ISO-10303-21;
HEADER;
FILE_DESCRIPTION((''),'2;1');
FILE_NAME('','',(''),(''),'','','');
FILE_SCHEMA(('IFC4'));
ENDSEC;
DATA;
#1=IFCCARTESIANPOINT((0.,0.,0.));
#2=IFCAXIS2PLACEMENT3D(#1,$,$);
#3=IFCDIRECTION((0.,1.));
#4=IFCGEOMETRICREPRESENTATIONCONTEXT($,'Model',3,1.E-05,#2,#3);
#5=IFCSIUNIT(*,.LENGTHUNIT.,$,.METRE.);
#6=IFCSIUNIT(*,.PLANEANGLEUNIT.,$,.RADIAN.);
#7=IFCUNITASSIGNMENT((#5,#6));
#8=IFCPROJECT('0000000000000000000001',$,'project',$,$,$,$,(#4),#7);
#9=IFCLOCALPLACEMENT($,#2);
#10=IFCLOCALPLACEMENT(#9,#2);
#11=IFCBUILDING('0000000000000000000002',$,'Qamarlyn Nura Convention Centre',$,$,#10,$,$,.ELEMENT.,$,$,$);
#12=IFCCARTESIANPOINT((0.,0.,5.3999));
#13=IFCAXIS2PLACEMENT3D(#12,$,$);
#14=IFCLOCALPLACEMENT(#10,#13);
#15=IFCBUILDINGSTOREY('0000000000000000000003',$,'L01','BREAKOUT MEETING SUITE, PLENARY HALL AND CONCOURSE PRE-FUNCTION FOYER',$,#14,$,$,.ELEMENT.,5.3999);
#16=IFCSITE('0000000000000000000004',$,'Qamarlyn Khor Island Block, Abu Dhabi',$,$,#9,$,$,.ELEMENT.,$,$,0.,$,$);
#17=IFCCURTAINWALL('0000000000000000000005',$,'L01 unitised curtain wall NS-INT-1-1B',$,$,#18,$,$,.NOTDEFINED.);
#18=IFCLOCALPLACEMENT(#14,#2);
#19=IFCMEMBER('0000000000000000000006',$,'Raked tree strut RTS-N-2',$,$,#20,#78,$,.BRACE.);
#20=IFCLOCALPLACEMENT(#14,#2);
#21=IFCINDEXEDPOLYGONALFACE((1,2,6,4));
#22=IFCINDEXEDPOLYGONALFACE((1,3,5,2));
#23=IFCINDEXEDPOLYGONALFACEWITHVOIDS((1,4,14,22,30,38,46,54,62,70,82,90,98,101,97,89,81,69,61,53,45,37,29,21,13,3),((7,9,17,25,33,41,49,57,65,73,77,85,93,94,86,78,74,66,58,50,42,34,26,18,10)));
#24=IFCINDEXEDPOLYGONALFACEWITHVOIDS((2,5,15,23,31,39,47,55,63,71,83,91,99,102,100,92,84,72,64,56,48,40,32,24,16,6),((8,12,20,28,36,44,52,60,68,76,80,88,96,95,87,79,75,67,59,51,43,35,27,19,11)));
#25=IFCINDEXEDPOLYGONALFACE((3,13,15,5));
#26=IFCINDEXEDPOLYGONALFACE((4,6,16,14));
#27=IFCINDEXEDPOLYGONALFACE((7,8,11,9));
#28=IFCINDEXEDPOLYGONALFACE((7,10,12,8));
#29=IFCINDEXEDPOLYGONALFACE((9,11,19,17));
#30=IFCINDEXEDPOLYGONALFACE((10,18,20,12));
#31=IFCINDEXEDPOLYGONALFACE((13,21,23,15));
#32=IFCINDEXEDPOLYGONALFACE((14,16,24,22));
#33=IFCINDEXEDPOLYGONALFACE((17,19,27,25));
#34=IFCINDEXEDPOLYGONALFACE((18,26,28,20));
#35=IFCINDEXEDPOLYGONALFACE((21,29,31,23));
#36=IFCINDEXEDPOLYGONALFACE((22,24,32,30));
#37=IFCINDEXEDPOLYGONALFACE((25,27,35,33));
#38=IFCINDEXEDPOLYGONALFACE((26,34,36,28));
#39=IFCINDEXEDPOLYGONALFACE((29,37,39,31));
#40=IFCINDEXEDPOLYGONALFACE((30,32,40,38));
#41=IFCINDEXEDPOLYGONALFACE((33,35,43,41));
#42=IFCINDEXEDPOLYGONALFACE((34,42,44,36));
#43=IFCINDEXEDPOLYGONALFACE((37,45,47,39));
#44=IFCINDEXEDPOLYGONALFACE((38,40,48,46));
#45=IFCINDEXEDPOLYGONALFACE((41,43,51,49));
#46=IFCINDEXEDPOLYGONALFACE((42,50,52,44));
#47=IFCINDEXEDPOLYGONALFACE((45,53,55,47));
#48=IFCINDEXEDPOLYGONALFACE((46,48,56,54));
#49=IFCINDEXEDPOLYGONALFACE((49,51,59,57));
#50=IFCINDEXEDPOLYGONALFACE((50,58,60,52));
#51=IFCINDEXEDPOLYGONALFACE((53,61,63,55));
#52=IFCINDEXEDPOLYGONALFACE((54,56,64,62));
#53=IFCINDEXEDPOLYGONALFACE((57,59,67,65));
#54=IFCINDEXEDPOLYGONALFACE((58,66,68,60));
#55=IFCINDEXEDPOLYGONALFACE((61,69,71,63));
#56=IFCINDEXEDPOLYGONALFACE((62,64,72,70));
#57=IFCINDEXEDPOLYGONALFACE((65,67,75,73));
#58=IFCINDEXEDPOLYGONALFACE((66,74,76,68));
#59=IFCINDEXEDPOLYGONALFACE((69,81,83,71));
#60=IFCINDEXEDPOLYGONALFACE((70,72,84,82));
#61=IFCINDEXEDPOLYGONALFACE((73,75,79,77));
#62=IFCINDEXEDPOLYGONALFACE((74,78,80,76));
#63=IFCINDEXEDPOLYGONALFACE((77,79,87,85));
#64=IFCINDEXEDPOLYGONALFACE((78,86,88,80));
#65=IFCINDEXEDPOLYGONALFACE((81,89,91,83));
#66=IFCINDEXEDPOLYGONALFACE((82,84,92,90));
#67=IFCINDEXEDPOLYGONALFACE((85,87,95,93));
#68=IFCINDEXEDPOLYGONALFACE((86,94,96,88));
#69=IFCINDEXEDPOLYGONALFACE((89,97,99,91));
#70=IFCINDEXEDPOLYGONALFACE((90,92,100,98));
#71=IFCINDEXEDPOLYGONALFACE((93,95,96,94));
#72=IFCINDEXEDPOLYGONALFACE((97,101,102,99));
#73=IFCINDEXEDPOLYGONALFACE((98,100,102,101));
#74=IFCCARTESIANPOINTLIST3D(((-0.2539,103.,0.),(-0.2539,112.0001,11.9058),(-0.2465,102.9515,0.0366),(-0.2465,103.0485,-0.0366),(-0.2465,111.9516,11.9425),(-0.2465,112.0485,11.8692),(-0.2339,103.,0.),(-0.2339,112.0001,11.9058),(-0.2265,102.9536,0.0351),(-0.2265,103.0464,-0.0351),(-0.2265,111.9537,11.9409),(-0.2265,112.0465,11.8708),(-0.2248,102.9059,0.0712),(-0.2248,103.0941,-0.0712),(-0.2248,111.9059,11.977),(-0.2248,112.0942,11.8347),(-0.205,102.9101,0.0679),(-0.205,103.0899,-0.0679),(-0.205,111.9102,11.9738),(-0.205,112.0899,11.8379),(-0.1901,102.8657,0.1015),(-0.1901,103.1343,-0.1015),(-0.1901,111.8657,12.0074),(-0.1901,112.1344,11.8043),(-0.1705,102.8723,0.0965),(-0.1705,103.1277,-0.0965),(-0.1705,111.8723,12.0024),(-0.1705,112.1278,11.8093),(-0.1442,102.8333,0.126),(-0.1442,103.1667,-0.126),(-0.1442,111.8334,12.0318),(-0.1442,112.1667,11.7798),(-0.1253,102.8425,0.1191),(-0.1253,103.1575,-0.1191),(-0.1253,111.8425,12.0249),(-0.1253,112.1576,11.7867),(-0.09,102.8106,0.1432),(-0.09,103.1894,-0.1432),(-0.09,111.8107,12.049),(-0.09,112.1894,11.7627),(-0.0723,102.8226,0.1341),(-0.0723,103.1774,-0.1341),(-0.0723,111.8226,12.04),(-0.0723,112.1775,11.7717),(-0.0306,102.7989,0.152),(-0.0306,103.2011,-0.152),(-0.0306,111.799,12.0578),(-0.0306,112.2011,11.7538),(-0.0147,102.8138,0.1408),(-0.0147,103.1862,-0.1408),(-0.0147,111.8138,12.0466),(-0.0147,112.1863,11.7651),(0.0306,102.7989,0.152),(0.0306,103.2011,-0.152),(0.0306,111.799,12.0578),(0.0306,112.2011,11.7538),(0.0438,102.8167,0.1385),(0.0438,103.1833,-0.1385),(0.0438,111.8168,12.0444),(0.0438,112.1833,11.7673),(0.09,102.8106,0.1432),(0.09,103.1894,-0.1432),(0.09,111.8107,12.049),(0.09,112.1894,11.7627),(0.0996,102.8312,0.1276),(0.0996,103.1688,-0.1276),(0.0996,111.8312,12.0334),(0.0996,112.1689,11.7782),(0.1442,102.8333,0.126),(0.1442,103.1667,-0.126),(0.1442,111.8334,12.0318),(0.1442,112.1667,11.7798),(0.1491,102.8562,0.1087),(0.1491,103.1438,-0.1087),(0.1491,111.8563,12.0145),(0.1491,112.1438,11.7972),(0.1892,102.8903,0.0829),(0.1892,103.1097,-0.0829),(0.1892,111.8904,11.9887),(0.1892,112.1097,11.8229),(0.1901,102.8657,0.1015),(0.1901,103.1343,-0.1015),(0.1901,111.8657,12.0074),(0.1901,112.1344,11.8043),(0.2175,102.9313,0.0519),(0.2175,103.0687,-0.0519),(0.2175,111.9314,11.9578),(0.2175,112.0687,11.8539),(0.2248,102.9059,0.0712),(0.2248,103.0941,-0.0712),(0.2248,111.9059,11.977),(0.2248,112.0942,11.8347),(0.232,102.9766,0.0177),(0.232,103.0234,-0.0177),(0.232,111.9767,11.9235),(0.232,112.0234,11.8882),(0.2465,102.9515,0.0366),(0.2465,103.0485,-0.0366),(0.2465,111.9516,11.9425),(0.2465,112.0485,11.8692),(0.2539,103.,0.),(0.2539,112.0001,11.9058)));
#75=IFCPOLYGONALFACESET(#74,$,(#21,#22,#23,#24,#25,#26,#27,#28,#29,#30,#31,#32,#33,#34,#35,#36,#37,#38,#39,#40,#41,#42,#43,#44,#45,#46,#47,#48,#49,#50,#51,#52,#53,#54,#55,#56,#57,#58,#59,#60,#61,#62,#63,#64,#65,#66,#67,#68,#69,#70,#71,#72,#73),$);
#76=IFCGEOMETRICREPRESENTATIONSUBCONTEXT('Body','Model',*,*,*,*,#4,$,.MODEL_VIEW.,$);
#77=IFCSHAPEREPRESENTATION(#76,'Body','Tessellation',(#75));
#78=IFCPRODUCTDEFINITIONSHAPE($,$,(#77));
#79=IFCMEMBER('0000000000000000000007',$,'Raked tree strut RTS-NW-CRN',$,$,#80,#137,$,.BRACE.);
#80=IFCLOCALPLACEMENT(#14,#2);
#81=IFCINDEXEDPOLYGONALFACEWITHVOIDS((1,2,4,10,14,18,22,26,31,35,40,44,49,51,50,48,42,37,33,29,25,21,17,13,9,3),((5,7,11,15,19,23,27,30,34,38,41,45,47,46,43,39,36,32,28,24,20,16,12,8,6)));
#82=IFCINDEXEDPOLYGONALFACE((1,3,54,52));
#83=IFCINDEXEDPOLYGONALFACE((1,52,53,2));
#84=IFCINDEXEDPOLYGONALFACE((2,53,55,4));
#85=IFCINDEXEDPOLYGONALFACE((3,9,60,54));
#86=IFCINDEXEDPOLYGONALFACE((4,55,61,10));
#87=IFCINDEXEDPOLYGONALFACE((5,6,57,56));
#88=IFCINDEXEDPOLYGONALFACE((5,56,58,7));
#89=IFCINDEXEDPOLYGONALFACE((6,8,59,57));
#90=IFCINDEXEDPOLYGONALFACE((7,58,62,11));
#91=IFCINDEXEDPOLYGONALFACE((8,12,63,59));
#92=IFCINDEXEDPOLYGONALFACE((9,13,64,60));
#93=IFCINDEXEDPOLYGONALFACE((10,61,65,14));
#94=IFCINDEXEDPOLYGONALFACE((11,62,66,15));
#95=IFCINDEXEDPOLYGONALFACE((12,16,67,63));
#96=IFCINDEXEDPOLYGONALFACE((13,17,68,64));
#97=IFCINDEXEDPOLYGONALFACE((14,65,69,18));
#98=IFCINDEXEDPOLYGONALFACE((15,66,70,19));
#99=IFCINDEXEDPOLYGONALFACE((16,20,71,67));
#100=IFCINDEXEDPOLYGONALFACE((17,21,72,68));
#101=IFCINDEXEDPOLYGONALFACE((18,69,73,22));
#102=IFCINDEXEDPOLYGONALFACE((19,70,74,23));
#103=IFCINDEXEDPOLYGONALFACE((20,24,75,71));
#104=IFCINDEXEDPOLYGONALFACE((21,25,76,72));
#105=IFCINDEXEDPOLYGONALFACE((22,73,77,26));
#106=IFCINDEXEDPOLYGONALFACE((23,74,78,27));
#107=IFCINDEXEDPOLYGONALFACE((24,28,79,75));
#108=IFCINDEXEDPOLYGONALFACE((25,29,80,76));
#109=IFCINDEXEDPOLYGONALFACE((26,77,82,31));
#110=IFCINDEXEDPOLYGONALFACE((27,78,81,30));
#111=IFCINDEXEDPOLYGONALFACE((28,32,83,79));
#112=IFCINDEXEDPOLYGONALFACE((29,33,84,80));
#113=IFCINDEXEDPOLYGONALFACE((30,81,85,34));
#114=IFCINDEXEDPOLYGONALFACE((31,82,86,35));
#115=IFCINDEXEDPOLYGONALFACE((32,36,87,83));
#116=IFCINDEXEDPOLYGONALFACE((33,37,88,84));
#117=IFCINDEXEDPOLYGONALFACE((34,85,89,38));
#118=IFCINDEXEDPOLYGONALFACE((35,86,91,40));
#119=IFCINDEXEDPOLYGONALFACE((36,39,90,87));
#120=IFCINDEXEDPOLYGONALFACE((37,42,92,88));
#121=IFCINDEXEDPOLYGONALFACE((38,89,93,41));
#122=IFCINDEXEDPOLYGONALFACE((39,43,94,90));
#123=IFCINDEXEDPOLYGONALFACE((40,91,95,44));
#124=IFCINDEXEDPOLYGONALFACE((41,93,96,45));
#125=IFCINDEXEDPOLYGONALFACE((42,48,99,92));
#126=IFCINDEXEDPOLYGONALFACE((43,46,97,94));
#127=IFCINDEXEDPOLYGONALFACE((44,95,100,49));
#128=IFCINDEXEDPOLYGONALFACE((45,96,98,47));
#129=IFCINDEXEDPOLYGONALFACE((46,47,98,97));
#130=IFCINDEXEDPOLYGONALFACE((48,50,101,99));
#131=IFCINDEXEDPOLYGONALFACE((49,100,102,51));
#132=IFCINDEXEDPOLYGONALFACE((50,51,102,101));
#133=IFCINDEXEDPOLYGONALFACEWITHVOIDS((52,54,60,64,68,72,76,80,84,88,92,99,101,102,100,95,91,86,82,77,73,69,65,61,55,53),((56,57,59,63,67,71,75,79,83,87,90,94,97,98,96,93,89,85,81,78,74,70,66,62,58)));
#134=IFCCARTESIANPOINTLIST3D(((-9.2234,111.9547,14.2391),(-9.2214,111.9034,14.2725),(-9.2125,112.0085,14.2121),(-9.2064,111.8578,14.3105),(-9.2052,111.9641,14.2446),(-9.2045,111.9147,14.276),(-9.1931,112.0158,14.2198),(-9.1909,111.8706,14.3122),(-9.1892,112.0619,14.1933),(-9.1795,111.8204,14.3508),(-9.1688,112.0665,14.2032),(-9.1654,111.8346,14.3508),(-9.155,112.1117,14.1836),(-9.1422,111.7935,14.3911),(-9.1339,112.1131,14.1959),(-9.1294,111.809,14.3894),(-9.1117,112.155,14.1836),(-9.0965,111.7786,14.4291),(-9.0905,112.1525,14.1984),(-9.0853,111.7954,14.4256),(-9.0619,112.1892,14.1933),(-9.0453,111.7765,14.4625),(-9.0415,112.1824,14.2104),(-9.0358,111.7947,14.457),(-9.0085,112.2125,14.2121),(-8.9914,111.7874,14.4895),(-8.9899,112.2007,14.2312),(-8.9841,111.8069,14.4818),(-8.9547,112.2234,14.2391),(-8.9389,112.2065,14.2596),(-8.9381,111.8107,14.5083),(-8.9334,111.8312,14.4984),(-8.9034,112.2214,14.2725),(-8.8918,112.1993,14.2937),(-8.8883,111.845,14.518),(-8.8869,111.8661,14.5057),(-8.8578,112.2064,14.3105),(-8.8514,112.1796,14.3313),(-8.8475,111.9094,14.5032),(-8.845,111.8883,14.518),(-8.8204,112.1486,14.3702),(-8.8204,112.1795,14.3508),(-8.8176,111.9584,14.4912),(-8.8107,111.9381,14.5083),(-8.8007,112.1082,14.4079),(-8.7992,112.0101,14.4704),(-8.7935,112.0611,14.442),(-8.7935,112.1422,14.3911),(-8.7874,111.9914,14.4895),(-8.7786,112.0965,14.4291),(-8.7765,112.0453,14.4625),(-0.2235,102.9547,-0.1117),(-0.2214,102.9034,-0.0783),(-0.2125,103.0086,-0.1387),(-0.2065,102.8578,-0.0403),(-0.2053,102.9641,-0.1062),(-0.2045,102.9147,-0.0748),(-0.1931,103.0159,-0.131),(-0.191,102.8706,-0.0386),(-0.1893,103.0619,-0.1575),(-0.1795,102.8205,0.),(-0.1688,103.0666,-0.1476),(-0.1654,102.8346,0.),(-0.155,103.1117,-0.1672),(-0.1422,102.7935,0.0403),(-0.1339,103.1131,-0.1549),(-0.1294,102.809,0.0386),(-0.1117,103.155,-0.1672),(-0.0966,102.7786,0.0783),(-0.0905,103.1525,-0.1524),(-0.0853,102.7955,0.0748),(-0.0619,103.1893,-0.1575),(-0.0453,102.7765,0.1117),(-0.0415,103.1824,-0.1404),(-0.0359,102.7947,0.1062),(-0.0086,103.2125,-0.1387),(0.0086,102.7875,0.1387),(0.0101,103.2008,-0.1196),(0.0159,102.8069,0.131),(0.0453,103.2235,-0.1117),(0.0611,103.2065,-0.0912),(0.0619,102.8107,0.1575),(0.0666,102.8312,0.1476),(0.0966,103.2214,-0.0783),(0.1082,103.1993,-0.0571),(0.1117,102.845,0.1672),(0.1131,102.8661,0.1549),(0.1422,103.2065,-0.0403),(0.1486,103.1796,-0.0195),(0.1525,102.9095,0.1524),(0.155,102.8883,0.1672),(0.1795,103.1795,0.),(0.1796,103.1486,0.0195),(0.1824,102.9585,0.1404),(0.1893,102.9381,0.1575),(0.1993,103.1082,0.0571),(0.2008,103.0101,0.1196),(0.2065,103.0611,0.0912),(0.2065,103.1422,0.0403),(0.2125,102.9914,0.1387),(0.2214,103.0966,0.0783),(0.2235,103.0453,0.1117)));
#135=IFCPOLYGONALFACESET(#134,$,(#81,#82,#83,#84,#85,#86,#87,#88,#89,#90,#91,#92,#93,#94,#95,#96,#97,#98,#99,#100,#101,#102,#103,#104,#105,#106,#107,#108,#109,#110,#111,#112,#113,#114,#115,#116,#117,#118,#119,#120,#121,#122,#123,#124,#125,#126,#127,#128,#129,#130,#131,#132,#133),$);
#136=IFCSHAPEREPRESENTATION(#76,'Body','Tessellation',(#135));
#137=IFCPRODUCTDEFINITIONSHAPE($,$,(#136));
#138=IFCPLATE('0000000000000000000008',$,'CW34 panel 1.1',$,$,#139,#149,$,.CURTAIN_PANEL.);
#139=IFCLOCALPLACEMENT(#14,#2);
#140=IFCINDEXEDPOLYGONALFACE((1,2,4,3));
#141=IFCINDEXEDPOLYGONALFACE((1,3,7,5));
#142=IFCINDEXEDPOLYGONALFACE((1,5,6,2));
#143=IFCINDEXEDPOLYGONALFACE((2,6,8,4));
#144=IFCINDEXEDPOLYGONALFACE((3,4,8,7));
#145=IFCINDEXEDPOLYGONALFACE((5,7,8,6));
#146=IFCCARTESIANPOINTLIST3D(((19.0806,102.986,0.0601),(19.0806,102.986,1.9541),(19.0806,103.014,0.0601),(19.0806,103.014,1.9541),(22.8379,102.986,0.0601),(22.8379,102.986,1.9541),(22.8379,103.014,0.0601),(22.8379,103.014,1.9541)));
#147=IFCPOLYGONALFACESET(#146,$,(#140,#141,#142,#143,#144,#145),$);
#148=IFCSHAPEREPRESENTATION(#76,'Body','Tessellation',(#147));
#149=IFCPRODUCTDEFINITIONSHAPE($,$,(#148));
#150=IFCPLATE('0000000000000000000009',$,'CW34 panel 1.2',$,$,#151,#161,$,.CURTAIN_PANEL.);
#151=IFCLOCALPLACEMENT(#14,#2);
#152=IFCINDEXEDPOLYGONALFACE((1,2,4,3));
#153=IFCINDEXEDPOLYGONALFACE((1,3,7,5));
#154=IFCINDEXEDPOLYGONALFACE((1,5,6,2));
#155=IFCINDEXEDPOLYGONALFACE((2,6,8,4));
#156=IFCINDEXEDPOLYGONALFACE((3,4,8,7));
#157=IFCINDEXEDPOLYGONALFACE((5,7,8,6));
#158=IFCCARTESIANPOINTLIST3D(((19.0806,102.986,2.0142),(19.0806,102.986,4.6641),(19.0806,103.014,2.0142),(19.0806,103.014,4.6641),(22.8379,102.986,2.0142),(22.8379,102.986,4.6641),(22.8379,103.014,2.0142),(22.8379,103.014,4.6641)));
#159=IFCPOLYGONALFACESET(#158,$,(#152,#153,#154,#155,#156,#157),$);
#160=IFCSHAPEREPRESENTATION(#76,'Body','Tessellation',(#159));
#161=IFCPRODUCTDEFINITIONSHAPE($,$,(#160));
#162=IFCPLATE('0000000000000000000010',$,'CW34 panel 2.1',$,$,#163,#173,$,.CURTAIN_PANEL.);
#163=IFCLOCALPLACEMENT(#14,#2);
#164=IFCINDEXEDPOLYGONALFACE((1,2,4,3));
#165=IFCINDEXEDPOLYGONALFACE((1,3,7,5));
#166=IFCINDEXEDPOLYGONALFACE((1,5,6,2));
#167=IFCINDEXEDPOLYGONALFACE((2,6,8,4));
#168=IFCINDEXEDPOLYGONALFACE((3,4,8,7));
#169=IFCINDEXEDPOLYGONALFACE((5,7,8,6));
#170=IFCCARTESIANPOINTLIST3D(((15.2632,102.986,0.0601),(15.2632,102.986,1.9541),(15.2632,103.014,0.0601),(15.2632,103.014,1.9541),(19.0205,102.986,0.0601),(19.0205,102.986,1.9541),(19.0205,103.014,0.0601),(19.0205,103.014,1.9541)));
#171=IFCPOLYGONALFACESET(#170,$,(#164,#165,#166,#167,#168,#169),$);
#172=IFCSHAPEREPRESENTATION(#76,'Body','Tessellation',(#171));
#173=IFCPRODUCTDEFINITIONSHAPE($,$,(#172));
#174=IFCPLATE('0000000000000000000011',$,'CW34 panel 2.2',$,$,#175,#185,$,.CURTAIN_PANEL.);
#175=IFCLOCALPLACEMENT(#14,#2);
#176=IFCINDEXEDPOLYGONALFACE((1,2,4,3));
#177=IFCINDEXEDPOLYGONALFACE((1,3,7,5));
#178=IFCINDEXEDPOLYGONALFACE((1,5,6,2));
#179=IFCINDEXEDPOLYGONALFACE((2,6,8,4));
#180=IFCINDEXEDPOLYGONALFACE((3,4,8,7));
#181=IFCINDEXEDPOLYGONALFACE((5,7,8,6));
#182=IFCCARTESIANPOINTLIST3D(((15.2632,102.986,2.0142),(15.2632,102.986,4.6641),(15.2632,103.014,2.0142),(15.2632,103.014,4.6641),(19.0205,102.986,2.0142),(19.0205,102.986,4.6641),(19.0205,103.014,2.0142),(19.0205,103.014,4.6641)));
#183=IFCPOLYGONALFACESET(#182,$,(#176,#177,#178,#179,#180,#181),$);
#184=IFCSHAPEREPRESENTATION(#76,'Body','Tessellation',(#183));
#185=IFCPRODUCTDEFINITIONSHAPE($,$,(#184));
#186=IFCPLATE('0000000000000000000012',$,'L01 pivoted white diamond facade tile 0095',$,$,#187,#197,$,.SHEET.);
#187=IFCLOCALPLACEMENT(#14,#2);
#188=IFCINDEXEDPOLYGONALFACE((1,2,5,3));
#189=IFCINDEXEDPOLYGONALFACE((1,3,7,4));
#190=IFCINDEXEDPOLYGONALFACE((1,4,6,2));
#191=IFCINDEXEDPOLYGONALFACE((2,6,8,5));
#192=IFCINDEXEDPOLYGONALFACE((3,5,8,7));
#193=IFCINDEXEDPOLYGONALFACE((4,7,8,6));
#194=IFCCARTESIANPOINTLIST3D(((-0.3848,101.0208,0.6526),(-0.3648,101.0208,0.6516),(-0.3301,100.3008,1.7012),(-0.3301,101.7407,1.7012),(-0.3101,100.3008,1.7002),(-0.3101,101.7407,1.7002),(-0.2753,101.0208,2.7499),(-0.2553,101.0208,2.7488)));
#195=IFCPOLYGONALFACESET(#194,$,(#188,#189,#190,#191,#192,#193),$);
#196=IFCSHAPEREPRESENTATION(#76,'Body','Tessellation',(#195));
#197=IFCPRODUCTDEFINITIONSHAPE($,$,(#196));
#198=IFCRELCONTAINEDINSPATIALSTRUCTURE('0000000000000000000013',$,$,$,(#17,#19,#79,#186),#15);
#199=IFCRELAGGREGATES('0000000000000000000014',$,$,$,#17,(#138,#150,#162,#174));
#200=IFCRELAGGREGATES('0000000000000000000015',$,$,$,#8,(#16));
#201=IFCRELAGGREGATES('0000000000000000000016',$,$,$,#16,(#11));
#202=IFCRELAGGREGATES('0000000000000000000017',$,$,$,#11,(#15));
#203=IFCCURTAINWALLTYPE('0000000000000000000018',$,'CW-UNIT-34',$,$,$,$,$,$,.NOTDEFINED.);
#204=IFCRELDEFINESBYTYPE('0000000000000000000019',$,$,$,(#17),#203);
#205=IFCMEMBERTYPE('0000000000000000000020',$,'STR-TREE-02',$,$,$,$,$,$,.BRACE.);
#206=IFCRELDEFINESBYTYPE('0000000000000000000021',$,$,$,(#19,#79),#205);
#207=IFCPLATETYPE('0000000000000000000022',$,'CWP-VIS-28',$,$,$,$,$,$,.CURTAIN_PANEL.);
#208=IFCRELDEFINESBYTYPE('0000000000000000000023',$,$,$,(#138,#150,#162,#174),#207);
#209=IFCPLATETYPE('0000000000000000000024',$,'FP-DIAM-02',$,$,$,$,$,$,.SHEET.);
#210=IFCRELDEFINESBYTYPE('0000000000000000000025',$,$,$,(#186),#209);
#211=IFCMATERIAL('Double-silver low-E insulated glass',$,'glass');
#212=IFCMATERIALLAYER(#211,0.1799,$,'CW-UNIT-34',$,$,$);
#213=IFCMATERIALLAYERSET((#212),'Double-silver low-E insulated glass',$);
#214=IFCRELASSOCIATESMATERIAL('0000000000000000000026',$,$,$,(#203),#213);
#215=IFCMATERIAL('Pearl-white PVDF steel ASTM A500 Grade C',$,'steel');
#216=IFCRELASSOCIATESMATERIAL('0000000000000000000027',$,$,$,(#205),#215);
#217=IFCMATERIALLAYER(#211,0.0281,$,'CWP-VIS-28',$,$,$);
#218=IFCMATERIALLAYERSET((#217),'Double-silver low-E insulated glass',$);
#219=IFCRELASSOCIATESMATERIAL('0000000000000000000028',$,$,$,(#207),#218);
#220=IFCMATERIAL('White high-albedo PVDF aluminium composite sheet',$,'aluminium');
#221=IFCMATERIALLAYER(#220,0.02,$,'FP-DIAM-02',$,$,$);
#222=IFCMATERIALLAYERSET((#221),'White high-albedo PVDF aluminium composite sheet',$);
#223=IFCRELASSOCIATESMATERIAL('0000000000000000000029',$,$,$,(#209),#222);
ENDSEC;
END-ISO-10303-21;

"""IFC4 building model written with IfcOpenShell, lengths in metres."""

from ifc_helpers import new_model, si_unit, direction, frame, origin, origin_2d, place, context, subcontext, project, spatial, polyline, rectangle, hollow_circle, outline, extrude, material, layer, layer_set, material_profile, profile_set, type_object, element, aggregate, save


model = new_model("IFC4")

# Units and contexts
model_context = context("Model", 3, precision=1e-05, world=origin(), true_north=direction((0.0, 1.0)))
body_context = subcontext(model_context, "Body", "Model", "MODEL_VIEW")
ifc_project = project(units=[si_unit("LENGTHUNIT", "METRE"), si_unit("PLANEANGLEUNIT", "RADIAN")], contexts=[model_context])

# Site, building, storey
site_placement = place(None, origin())
site = spatial("IfcSite", under=ifc_project, at=site_placement, Name="Qamarlyn Khor Island Block, Abu Dhabi", CompositionType="ELEMENT", RefElevation=0.0)
building_placement = place(site_placement, origin())
building = spatial("IfcBuilding", under=site, at=building_placement, Name="Qamarlyn Nura Convention Centre", CompositionType="ELEMENT")
storey_placement = place(building_placement, frame((0.0, 0.0, 5.3999)))
storey = spatial("IfcBuildingStorey", under=building, at=storey_placement, Name="L01", Description="BREAKOUT MEETING SUITE, PLENARY HALL AND CONCOURSE PRE-FUNCTION FOYER", CompositionType="ELEMENT", Elevation=5.3999)

# Shared definitions
ifc_material_1 = material(Name="Pearl-white PVDF steel ASTM A500 Grade C", Category="steel")

# Curtain wall
ifc_material_2 = material(Name="Double-silver low-E insulated glass", Category="glass")
ifc_layer_1 = layer(ifc_material_2, 0.1799, Name="CW-UNIT-34")
ifc_layer_set_1 = layer_set([ifc_layer_1], Name="Double-silver low-E insulated glass")
curtain_wall_type = type_object("IfcCurtainWallType", Name="CW-UNIT-34", PredefinedType="NOTDEFINED", material=ifc_layer_set_1)
curtain_wall_placement = place(storey_placement, origin())
curtain_wall = element("IfcCurtainWall", 1, at=curtain_wall_placement, inside=storey, type_object=curtain_wall_type, Name="L01 unitised curtain wall NS-INT-1-1B", PredefinedType="NOTDEFINED")

# Members
ifc_material_profile_1 = material_profile(ifc_material_1, hollow_circle(Radius=0.2539, WallThickness=0.02, at=origin_2d()), Name="CHS508X20")
ifc_profile_set_1 = profile_set([ifc_material_profile_1], Name="Pearl-white PVDF steel ASTM A500 Grade C")
member_type_1 = type_object("IfcMemberType", Name="STR-TREE-02", PredefinedType="BRACE", material=ifc_profile_set_1)
member_1_placement = place(storey_placement, frame((0.0, 103.0, 0.0), z_axis=(0.0, 0.603027, 0.797721), x_axis=(-1.0, 0.0, 0.0)))
element("IfcMember", 2, at=member_1_placement, inside=storey, type_object=member_type_1, Name="Raked tree strut RTS-N-2", PredefinedType="BRACE", context=body_context, shape_type="SweptSolid", body=[
    extrude(hollow_circle(Radius=0.2539, WallThickness=0.02, at=origin_2d()), origin(), (0.0, 0.0, 1.0), 14.9248),
])
member_2_placement = place(storey_placement, frame((0.0, 103.0, 0.0), z_axis=(-0.469192, 0.469192, 0.748143), x_axis=(-0.707107, -0.707107, 0.0)))
element("IfcMember", 3, at=member_2_placement, inside=storey, type_object=member_type_1, Name="Raked tree strut RTS-NW-CRN", PredefinedType="BRACE", context=body_context, shape_type="SweptSolid", body=[
    extrude(hollow_circle(Radius=0.2539, WallThickness=0.02, at=origin_2d()), origin(), (0.0, 0.0, 1.0), 19.1819),
])

# Plates
ifc_layer_2 = layer(ifc_material_2, 0.0281, Name="CWP-VIS-28")
ifc_layer_set_2 = layer_set([ifc_layer_2], Name="Double-silver low-E insulated glass")
plate_type_1 = type_object("IfcPlateType", Name="CWP-VIS-28", PredefinedType="CURTAIN_PANEL", material=ifc_layer_set_2)
plate_1_placement = place(storey_placement, frame((20.9592, 103.0, 0.0601), z_axis=(0.0, 0.0, 1.0), x_axis=(-1.0, 0.0, 0.0)))
plate_1 = element("IfcPlate", 4, at=plate_1_placement, type_object=plate_type_1, Name="CW34 panel 1.1", PredefinedType="CURTAIN_PANEL", context=body_context, shape_type="SweptSolid", body=[
    extrude(rectangle(XDim=3.7573, YDim=0.0281, at=origin_2d()), origin(), (0.0, 0.0, 1.0), 1.894),
])
plate_2_placement = place(storey_placement, frame((20.9592, 103.0, 2.0142), z_axis=(0.0, 0.0, 1.0), x_axis=(-1.0, 0.0, 0.0)))
plate_2 = element("IfcPlate", 5, at=plate_2_placement, type_object=plate_type_1, Name="CW34 panel 1.2", PredefinedType="CURTAIN_PANEL", context=body_context, shape_type="SweptSolid", body=[
    extrude(rectangle(XDim=3.7573, YDim=0.0281, at=origin_2d()), origin(), (0.0, 0.0, 1.0), 2.6499),
])
plate_3_placement = place(storey_placement, frame((17.1418, 103.0, 0.0601), z_axis=(0.0, 0.0, 1.0), x_axis=(-1.0, 0.0, 0.0)))
plate_3 = element("IfcPlate", 6, at=plate_3_placement, type_object=plate_type_1, Name="CW34 panel 2.1", PredefinedType="CURTAIN_PANEL", context=body_context, shape_type="SweptSolid", body=[
    extrude(rectangle(XDim=3.7573, YDim=0.0281, at=origin_2d()), origin(), (0.0, 0.0, 1.0), 1.894),
])
plate_4_placement = place(storey_placement, frame((17.1418, 103.0, 2.0142), z_axis=(0.0, 0.0, 1.0), x_axis=(-1.0, 0.0, 0.0)))
plate_4 = element("IfcPlate", 7, at=plate_4_placement, type_object=plate_type_1, Name="CW34 panel 2.2", PredefinedType="CURTAIN_PANEL", context=body_context, shape_type="SweptSolid", body=[
    extrude(rectangle(XDim=3.7573, YDim=0.0281, at=origin_2d()), origin(), (0.0, 0.0, 1.0), 2.6499),
])
aggregate(curtain_wall, [plate_1, plate_2, plate_3, plate_4])

# Plate
ifc_material_3 = material(Name="White high-albedo PVDF aluminium composite sheet", Category="aluminium")
ifc_layer_3 = layer(ifc_material_3, 0.02, Name="FP-DIAM-02")
ifc_layer_set_3 = layer_set([ifc_layer_3], Name="White high-albedo PVDF aluminium composite sheet")
plate_type_2 = type_object("IfcPlateType", Name="FP-DIAM-02", PredefinedType="SHEET", material=ifc_layer_set_3)
plate_5_placement = place(storey_placement, frame((-0.3101, 101.0208, 1.7002), z_axis=(-0.998639, 0.0, 0.052162), x_axis=(0.0, -1.0, 0.0)))
element("IfcPlate", 8, at=plate_5_placement, inside=storey, type_object=plate_type_2, Name="L01 pivoted white diamond facade tile 0095", PredefinedType="SHEET", context=body_context, shape_type="SweptSolid", body=[
    extrude(outline(polyline([(-0.72, 0.0), (0.0, -1.05), (0.72, 0.0), (0.0, 1.05), (-0.72, 0.0)])), origin(), (0.0, 0.0, 1.0), 0.02),
])

save(model, "model.ifc")
